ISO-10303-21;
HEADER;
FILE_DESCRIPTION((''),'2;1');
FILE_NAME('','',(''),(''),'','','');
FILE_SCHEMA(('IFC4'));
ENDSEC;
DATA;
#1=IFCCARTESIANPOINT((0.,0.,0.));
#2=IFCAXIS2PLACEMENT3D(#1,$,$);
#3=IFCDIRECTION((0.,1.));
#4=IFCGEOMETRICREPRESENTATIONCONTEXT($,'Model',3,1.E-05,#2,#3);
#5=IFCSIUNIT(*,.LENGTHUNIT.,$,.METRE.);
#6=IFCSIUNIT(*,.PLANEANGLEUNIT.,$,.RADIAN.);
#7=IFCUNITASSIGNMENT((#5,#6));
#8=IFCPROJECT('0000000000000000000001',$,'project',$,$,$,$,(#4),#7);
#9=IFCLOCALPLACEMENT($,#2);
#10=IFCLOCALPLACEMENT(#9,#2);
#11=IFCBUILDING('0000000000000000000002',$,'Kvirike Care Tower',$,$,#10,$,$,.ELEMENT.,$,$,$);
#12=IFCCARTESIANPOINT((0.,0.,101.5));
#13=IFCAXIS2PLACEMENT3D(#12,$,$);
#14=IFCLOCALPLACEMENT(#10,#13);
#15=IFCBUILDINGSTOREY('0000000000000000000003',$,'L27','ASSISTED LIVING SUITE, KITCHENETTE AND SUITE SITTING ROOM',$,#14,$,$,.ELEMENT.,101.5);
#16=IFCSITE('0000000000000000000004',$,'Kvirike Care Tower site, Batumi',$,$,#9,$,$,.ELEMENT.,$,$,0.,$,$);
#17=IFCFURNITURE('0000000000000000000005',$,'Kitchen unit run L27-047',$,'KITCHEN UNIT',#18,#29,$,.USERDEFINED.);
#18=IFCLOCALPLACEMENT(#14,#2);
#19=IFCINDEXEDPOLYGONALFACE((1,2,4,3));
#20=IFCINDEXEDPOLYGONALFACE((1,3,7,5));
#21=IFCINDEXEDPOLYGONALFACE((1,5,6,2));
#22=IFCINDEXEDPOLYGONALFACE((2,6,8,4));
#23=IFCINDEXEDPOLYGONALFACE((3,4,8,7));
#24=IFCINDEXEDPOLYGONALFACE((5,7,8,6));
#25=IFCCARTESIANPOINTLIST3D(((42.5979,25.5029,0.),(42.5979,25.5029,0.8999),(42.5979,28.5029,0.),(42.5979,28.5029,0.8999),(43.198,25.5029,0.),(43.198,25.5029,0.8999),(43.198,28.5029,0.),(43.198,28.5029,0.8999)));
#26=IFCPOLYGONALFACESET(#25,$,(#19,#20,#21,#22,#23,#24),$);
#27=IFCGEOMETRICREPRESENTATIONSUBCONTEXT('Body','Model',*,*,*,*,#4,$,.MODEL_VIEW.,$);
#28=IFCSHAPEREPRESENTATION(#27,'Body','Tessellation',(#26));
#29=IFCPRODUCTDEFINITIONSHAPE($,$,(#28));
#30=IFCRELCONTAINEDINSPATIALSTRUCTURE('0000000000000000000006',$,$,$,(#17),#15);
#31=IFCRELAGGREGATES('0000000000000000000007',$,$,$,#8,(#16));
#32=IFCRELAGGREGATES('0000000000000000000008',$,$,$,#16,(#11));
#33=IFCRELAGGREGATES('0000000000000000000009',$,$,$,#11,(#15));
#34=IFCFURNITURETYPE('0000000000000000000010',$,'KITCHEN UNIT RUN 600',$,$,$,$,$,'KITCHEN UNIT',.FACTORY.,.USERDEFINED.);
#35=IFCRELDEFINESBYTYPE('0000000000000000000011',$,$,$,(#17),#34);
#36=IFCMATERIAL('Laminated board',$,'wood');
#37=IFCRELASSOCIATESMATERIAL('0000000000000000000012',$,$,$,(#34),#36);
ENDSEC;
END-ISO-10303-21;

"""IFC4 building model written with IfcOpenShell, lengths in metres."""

from ifc_helpers import new_model, si_unit, direction, frame, origin, origin_2d, place, context, subcontext, project, spatial, rectangle, extrude, material, type_object, element, save


model = new_model("IFC4")

# Units and contexts
model_context = context("Model", 3, precision=1e-05, world=origin(), true_north=direction((0.0, 1.0)))
body_context = subcontext(model_context, "Body", "Model", "MODEL_VIEW")
ifc_project = project(units=[si_unit("LENGTHUNIT", "METRE"), si_unit("PLANEANGLEUNIT", "RADIAN")], contexts=[model_context])

# Site, building, storey
site_placement = place(None, origin())
site = spatial("IfcSite", under=ifc_project, at=site_placement, Name="Kvirike Care Tower site, Batumi", CompositionType="ELEMENT", RefElevation=0.0)
building_placement = place(site_placement, origin())
building = spatial("IfcBuilding", under=site, at=building_placement, Name="Kvirike Care Tower", CompositionType="ELEMENT")
storey_placement = place(building_placement, frame((0.0, 0.0, 101.5)))
storey = spatial("IfcBuildingStorey", under=building, at=storey_placement, Name="L27", Description="ASSISTED LIVING SUITE, KITCHENETTE AND SUITE SITTING ROOM", CompositionType="ELEMENT", Elevation=101.5)

# Furniture
ifc_material_1 = material(Name="Laminated board", Category="wood")
furniture_type = type_object("IfcFurnitureType", Name="KITCHEN UNIT RUN 600", ElementType="KITCHEN UNIT", AssemblyPlace="FACTORY", PredefinedType="USERDEFINED", material=ifc_material_1)
furniture_placement = place(storey_placement, frame((42.8979, 27.0029, 0.0), z_axis=(0.0, 0.0, 1.0), x_axis=(0.0, -1.0, 0.0)))
element("IfcFurniture", 1, at=furniture_placement, inside=storey, type_object=furniture_type, Name="Kitchen unit run L27-047", ObjectType="KITCHEN UNIT", PredefinedType="USERDEFINED", context=body_context, shape_type="SweptSolid", body=[
    extrude(rectangle(XDim=3.0, YDim=0.6001, at=origin_2d()), origin(), (0.0, 0.0, 1.0), 0.8999),
])

save(model, "model.ifc")
